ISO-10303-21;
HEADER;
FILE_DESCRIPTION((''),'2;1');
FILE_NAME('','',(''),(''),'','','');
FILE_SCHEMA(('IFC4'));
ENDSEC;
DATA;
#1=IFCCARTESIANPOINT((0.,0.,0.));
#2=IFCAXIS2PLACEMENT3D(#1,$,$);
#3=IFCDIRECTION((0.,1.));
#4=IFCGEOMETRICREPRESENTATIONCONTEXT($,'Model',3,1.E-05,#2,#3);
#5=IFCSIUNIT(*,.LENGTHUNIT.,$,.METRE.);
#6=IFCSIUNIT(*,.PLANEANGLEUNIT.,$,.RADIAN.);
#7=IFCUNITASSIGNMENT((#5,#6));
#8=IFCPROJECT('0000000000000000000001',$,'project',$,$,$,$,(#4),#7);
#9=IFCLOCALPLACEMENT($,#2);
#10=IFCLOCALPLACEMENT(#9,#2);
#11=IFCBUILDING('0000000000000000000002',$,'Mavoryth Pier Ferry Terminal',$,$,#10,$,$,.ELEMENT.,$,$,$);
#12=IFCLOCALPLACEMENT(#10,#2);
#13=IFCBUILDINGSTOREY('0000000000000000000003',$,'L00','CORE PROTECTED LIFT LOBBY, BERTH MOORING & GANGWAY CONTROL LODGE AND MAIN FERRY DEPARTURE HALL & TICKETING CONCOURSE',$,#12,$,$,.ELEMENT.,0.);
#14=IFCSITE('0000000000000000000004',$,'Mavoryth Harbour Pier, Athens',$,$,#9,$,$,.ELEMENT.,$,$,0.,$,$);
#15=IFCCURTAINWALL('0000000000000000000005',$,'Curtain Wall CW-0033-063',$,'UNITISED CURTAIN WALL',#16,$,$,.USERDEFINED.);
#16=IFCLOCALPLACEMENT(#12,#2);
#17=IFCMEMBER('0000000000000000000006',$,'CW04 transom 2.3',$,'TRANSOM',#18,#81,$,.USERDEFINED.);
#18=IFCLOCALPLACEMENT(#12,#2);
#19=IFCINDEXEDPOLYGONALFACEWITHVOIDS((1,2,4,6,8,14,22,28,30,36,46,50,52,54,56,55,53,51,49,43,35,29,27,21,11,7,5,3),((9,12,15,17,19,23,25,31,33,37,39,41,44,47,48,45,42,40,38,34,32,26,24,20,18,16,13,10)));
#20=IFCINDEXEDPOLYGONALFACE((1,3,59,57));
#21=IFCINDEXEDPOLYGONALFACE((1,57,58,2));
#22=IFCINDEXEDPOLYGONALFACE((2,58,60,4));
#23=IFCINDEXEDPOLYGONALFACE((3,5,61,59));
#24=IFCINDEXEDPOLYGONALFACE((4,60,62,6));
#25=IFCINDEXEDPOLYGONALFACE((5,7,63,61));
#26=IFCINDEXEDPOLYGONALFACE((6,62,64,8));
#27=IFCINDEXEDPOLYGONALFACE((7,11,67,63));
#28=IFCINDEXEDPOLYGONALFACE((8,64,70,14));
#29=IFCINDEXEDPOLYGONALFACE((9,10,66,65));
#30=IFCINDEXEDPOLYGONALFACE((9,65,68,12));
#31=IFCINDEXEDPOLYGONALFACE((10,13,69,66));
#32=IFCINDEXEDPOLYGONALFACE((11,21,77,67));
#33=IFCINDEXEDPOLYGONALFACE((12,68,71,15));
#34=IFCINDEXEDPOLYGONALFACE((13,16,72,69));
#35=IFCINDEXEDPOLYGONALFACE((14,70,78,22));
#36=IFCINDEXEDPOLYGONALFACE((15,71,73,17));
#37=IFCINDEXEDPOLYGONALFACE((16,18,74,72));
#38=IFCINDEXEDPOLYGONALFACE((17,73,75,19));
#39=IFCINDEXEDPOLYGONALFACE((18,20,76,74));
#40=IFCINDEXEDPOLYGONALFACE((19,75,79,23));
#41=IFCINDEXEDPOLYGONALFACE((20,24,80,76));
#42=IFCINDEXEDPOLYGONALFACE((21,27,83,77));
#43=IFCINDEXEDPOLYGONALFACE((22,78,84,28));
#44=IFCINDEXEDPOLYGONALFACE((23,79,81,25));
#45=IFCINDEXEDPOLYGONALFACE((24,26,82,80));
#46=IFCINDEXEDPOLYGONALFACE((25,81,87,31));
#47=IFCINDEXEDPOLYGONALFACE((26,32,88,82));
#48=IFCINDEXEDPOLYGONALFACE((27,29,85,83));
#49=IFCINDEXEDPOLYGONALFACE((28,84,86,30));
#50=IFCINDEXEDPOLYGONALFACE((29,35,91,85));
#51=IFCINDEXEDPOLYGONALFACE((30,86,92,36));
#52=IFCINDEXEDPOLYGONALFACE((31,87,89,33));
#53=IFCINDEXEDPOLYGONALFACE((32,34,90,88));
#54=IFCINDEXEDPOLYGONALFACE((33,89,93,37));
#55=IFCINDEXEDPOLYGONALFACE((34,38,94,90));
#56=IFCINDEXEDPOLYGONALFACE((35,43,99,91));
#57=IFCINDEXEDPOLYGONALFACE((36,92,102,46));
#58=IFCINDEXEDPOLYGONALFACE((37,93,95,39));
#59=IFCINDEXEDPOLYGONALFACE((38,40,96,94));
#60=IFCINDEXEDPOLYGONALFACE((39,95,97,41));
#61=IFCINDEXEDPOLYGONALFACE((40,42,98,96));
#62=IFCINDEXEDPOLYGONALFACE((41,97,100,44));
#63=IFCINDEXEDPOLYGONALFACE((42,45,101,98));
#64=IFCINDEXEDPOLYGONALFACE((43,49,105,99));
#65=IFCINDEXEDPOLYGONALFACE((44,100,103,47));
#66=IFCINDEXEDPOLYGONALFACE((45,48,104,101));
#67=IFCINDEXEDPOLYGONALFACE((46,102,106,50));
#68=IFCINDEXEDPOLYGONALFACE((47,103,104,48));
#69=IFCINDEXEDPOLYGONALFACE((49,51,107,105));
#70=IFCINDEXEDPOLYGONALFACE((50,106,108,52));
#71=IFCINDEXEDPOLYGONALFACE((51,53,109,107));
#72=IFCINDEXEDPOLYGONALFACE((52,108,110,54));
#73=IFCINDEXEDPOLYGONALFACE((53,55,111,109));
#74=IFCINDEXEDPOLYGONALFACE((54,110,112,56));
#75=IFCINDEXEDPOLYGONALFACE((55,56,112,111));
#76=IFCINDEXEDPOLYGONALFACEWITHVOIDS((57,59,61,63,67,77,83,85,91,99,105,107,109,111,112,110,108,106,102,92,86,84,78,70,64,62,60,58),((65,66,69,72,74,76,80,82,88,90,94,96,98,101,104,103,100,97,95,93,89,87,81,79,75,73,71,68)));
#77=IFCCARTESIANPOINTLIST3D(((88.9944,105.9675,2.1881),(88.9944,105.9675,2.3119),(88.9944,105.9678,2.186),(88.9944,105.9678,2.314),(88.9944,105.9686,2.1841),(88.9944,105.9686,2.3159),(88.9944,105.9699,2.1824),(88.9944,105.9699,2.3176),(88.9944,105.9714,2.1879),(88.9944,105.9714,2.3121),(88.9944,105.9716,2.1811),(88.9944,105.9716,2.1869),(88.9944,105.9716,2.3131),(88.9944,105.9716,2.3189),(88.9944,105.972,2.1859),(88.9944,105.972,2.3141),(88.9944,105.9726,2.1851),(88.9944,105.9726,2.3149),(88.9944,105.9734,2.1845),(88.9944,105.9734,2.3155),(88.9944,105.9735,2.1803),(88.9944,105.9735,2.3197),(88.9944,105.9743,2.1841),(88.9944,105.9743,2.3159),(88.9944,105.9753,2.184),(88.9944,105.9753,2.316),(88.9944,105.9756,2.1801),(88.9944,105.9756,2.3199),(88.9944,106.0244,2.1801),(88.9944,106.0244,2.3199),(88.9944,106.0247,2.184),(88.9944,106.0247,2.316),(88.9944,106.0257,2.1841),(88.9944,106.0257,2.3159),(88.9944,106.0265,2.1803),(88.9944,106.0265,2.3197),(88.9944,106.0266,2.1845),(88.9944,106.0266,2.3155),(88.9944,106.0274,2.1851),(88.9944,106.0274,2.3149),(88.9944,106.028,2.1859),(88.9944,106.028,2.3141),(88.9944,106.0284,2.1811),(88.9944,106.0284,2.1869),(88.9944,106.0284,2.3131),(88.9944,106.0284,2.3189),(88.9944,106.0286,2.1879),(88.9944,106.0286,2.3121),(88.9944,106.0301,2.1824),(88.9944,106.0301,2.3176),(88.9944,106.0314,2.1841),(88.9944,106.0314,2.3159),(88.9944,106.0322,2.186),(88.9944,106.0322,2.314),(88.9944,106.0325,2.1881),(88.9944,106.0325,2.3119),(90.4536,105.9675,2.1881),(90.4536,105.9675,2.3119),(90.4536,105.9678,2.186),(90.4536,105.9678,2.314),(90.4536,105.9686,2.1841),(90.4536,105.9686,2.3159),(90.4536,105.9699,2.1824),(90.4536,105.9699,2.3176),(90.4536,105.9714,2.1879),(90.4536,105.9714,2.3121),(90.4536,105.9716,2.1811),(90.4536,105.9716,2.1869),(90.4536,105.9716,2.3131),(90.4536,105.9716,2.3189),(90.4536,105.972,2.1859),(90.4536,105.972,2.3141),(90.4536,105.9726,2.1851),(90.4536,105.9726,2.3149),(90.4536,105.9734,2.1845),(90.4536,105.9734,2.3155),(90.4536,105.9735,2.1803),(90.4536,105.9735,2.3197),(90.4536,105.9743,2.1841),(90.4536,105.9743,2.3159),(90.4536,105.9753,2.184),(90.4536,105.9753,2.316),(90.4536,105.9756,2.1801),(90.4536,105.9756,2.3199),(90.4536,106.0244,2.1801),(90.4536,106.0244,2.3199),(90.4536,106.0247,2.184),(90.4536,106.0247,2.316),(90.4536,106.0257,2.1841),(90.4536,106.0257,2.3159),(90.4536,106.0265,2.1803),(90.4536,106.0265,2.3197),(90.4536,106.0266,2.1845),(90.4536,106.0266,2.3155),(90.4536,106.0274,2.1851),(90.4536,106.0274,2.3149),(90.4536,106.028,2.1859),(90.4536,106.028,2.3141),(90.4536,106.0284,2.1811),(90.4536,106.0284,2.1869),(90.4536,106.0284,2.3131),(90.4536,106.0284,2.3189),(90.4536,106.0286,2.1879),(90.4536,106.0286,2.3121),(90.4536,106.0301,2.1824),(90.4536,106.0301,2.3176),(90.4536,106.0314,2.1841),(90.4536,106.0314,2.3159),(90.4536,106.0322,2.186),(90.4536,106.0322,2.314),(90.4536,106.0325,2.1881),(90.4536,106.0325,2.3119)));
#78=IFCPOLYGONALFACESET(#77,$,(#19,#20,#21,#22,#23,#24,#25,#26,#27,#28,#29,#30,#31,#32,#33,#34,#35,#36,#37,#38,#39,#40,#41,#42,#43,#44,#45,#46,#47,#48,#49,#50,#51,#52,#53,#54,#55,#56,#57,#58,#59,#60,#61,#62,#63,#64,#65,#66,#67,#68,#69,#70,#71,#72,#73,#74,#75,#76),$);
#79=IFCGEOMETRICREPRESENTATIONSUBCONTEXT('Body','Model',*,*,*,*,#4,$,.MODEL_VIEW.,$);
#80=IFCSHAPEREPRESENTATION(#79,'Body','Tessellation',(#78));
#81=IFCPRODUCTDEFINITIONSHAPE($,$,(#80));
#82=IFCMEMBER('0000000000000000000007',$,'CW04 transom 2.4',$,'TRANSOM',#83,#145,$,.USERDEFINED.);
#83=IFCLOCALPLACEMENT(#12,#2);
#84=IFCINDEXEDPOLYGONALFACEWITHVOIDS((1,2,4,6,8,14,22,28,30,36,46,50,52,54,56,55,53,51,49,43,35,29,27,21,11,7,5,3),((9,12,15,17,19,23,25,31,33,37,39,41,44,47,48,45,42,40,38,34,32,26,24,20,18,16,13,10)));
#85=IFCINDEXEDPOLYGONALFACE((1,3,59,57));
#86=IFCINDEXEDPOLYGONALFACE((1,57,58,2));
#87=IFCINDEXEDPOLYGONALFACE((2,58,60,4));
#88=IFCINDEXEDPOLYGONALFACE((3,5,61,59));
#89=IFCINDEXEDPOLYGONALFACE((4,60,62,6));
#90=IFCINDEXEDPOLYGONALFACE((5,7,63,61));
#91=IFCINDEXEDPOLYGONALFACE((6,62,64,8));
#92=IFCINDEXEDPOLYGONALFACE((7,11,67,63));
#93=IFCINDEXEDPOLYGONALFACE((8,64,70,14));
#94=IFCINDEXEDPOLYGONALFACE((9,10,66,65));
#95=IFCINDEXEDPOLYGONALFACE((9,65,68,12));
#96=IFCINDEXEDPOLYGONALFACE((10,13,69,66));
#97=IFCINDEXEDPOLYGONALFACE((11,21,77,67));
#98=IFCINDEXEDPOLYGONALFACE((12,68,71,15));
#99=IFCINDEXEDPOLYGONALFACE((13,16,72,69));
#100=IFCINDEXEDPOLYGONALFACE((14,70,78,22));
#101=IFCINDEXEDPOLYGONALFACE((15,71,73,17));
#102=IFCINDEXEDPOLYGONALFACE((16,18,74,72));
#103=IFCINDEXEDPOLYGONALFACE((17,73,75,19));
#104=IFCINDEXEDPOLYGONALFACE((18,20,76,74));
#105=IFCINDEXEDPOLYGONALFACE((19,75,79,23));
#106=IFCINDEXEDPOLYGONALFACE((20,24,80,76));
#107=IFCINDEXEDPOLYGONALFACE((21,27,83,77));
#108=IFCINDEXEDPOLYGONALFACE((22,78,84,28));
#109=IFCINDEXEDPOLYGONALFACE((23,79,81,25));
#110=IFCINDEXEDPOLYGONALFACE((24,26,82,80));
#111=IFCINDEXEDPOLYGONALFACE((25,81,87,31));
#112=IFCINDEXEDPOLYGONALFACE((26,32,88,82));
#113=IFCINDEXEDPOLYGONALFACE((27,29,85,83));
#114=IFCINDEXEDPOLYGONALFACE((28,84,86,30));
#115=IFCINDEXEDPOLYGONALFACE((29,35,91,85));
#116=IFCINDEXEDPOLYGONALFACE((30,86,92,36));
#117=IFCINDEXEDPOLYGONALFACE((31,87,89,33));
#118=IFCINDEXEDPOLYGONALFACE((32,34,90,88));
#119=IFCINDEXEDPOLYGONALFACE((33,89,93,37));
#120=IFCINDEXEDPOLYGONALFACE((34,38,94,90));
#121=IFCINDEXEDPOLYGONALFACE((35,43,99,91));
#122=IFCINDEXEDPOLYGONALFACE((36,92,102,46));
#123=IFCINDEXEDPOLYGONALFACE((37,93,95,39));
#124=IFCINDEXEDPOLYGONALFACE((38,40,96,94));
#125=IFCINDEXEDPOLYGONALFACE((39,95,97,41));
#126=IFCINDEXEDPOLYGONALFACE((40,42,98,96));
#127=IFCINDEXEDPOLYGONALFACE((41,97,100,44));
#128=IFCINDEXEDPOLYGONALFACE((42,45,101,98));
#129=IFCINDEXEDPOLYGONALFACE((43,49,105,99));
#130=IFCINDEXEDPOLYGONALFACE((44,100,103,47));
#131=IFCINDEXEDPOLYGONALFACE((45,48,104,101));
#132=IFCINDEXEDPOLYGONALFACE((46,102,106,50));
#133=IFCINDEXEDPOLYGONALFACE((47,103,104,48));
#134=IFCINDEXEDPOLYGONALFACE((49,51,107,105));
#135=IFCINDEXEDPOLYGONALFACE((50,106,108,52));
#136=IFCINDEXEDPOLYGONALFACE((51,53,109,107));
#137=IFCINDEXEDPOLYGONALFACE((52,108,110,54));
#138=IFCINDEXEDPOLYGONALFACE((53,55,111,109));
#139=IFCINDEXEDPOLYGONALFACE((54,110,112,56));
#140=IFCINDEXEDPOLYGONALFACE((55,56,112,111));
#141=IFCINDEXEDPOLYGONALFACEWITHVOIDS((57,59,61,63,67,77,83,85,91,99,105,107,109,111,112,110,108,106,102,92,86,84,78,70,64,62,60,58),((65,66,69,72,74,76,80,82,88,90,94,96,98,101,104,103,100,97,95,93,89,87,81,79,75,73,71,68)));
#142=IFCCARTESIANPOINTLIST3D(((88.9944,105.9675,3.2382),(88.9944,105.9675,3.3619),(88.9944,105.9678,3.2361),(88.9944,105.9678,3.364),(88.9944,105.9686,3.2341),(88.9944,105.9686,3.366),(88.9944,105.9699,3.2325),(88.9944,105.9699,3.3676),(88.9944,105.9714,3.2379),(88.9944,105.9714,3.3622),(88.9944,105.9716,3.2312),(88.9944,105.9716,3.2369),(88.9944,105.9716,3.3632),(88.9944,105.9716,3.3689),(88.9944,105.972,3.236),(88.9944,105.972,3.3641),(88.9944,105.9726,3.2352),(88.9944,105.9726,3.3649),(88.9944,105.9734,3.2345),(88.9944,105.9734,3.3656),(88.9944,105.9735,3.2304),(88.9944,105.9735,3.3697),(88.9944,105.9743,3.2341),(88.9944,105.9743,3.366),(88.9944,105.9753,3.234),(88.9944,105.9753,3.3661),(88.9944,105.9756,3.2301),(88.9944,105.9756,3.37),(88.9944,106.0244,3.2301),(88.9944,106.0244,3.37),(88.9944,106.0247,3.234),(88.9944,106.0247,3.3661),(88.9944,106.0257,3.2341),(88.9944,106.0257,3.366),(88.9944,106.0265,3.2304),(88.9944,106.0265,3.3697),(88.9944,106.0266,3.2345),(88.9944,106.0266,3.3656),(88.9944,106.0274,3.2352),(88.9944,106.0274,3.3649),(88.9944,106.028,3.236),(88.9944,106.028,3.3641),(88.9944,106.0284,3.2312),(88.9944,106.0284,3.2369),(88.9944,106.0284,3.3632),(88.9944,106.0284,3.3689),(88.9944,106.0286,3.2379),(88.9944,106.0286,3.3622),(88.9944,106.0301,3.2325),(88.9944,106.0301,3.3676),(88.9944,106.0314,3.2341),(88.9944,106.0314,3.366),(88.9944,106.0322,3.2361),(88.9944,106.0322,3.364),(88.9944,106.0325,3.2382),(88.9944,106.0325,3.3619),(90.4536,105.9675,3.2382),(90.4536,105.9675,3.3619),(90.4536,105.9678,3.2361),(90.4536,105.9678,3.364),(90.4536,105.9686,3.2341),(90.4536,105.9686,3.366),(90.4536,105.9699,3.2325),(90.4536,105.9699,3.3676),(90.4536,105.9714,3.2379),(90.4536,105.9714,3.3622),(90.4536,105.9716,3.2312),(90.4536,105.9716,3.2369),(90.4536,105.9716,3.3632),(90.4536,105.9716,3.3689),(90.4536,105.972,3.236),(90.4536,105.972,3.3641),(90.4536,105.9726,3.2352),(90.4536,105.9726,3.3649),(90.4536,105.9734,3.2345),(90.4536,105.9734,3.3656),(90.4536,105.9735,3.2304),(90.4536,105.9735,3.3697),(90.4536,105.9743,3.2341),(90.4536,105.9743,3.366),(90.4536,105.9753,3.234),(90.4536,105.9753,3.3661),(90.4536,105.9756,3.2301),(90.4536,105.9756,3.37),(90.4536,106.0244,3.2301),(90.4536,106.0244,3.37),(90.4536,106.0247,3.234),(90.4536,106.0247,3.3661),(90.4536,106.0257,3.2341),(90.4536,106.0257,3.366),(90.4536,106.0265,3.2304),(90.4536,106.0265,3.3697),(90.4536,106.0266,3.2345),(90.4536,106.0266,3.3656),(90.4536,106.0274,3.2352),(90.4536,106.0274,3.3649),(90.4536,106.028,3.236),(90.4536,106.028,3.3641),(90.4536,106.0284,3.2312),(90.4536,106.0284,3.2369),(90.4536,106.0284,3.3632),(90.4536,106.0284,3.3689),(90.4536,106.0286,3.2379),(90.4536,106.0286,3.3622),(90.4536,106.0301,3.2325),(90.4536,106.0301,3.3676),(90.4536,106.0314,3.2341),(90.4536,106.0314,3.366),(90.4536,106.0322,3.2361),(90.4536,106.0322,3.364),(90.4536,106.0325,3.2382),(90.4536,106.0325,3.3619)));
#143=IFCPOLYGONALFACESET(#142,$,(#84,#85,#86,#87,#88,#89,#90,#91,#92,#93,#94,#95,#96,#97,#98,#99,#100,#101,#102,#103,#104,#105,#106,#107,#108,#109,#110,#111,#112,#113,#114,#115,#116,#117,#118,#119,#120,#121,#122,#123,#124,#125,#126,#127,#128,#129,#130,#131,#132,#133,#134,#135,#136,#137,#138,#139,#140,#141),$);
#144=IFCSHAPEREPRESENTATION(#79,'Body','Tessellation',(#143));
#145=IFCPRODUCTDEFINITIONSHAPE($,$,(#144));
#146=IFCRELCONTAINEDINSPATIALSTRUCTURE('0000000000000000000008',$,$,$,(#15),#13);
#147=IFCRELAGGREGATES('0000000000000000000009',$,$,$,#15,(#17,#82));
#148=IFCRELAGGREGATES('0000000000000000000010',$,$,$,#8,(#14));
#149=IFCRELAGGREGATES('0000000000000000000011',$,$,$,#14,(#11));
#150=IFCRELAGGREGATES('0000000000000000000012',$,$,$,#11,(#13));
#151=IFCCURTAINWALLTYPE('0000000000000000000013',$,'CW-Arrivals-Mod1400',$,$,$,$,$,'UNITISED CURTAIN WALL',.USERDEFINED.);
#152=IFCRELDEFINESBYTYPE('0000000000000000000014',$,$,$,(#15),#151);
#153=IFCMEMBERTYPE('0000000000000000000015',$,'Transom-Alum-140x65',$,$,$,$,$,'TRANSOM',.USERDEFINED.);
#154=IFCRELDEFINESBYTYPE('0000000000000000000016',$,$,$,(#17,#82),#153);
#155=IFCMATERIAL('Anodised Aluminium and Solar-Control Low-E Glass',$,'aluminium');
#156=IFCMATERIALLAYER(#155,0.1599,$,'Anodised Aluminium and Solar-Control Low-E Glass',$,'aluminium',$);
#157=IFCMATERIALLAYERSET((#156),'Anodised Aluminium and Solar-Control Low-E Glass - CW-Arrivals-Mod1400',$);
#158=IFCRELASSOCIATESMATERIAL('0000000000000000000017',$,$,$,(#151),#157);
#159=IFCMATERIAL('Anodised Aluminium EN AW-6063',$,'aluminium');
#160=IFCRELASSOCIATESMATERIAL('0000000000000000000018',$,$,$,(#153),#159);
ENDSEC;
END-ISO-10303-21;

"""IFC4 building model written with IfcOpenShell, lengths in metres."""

from ifc_helpers import new_model, si_unit, direction, frame, origin, origin_2d, place, context, subcontext, project, spatial, hollow_rectangle, extrude, material, layer, layer_set, material_profile, profile_set, type_object, element, aggregate, save


model = new_model("IFC4")

# Units and contexts
model_context = context("Model", 3, precision=1e-05, world=origin(), true_north=direction((0.0, 1.0)))
body_context = subcontext(model_context, "Body", "Model", "MODEL_VIEW")
ifc_project = project(units=[si_unit("LENGTHUNIT", "METRE"), si_unit("PLANEANGLEUNIT", "RADIAN")], contexts=[model_context])

# Site, building, storey
site_placement = place(None, origin())
site = spatial("IfcSite", under=ifc_project, at=site_placement, Name="Mavoryth Harbour Pier, Athens", CompositionType="ELEMENT", RefElevation=0.0)
building_placement = place(site_placement, origin())
building = spatial("IfcBuilding", under=site, at=building_placement, Name="Mavoryth Pier Ferry Terminal", CompositionType="ELEMENT")
storey_placement = place(building_placement, origin())
storey = spatial("IfcBuildingStorey", under=building, at=storey_placement, Name="L00", Description="CORE PROTECTED LIFT LOBBY, BERTH MOORING & GANGWAY CONTROL LODGE AND MAIN FERRY DEPARTURE HALL & TICKETING CONCOURSE", CompositionType="ELEMENT", Elevation=0.0)

# Curtain wall, members
ifc_material_1 = material(Name="Anodised Aluminium and Solar-Control Low-E Glass", Category="aluminium")
ifc_layer_1 = layer(ifc_material_1, 0.1599, Name="Anodised Aluminium and Solar-Control Low-E Glass", Category="aluminium")
ifc_layer_set_1 = layer_set([ifc_layer_1], Name="Anodised Aluminium and Solar-Control Low-E Glass - CW-Arrivals-Mod1400")
curtain_wall_type = type_object("IfcCurtainWallType", Name="CW-Arrivals-Mod1400", ElementType="UNITISED CURTAIN WALL", PredefinedType="USERDEFINED", material=ifc_layer_set_1)
curtain_wall_placement = place(storey_placement, origin())
curtain_wall = element("IfcCurtainWall", 1, at=curtain_wall_placement, inside=storey, type_object=curtain_wall_type, Name="Curtain Wall CW-0033-063", ObjectType="UNITISED CURTAIN WALL", PredefinedType="USERDEFINED")
ifc_material_2 = material(Name="Anodised Aluminium EN AW-6063", Category="aluminium")
ifc_material_profile_1 = material_profile(ifc_material_2, hollow_rectangle(XDim=0.0649, YDim=0.1399, WallThickness=0.0039, InnerFilletRadius=0.0039, OuterFilletRadius=0.0081, at=origin_2d()), Name="AL-TRAN 140x65x4", Category="aluminium")
ifc_profile_set_1 = profile_set([ifc_material_profile_1], Name="Anodised Aluminium EN AW-6063 - AL-TRAN 140x65x4")
member_type_1 = type_object("IfcMemberType", Name="Transom-Alum-140x65", ElementType="TRANSOM", PredefinedType="USERDEFINED", material=ifc_profile_set_1)
member_1_placement = place(storey_placement, frame((90.4536, 106.0, 2.25), z_axis=(-1.0, 0.0, 0.0), x_axis=(0.0, -1.0, 0.0)))
member_1 = element("IfcMember", 2, at=member_1_placement, type_object=member_type_1, Name="CW04 transom 2.3", ObjectType="TRANSOM", PredefinedType="USERDEFINED", context=body_context, shape_type="SweptSolid", body=[
    extrude(hollow_rectangle(XDim=0.0649, YDim=0.1399, WallThickness=0.0039, InnerFilletRadius=0.0039, OuterFilletRadius=0.0081, at=origin_2d()), origin(), (0.0, 0.0, 1.0), 1.4592),
])
member_2_placement = place(storey_placement, frame((90.4536, 106.0, 3.3), z_axis=(-1.0, 0.0, 0.0), x_axis=(0.0, -1.0, 0.0)))
member_2 = element("IfcMember", 3, at=member_2_placement, type_object=member_type_1, Name="CW04 transom 2.4", ObjectType="TRANSOM", PredefinedType="USERDEFINED", context=body_context, shape_type="SweptSolid", body=[
    extrude(hollow_rectangle(XDim=0.0649, YDim=0.1399, WallThickness=0.0039, InnerFilletRadius=0.0039, OuterFilletRadius=0.0081, at=origin_2d()), origin(), (0.0, 0.0, 1.0), 1.4592),
])
aggregate(curtain_wall, [member_1, member_2])

save(model, "model.ifc")
